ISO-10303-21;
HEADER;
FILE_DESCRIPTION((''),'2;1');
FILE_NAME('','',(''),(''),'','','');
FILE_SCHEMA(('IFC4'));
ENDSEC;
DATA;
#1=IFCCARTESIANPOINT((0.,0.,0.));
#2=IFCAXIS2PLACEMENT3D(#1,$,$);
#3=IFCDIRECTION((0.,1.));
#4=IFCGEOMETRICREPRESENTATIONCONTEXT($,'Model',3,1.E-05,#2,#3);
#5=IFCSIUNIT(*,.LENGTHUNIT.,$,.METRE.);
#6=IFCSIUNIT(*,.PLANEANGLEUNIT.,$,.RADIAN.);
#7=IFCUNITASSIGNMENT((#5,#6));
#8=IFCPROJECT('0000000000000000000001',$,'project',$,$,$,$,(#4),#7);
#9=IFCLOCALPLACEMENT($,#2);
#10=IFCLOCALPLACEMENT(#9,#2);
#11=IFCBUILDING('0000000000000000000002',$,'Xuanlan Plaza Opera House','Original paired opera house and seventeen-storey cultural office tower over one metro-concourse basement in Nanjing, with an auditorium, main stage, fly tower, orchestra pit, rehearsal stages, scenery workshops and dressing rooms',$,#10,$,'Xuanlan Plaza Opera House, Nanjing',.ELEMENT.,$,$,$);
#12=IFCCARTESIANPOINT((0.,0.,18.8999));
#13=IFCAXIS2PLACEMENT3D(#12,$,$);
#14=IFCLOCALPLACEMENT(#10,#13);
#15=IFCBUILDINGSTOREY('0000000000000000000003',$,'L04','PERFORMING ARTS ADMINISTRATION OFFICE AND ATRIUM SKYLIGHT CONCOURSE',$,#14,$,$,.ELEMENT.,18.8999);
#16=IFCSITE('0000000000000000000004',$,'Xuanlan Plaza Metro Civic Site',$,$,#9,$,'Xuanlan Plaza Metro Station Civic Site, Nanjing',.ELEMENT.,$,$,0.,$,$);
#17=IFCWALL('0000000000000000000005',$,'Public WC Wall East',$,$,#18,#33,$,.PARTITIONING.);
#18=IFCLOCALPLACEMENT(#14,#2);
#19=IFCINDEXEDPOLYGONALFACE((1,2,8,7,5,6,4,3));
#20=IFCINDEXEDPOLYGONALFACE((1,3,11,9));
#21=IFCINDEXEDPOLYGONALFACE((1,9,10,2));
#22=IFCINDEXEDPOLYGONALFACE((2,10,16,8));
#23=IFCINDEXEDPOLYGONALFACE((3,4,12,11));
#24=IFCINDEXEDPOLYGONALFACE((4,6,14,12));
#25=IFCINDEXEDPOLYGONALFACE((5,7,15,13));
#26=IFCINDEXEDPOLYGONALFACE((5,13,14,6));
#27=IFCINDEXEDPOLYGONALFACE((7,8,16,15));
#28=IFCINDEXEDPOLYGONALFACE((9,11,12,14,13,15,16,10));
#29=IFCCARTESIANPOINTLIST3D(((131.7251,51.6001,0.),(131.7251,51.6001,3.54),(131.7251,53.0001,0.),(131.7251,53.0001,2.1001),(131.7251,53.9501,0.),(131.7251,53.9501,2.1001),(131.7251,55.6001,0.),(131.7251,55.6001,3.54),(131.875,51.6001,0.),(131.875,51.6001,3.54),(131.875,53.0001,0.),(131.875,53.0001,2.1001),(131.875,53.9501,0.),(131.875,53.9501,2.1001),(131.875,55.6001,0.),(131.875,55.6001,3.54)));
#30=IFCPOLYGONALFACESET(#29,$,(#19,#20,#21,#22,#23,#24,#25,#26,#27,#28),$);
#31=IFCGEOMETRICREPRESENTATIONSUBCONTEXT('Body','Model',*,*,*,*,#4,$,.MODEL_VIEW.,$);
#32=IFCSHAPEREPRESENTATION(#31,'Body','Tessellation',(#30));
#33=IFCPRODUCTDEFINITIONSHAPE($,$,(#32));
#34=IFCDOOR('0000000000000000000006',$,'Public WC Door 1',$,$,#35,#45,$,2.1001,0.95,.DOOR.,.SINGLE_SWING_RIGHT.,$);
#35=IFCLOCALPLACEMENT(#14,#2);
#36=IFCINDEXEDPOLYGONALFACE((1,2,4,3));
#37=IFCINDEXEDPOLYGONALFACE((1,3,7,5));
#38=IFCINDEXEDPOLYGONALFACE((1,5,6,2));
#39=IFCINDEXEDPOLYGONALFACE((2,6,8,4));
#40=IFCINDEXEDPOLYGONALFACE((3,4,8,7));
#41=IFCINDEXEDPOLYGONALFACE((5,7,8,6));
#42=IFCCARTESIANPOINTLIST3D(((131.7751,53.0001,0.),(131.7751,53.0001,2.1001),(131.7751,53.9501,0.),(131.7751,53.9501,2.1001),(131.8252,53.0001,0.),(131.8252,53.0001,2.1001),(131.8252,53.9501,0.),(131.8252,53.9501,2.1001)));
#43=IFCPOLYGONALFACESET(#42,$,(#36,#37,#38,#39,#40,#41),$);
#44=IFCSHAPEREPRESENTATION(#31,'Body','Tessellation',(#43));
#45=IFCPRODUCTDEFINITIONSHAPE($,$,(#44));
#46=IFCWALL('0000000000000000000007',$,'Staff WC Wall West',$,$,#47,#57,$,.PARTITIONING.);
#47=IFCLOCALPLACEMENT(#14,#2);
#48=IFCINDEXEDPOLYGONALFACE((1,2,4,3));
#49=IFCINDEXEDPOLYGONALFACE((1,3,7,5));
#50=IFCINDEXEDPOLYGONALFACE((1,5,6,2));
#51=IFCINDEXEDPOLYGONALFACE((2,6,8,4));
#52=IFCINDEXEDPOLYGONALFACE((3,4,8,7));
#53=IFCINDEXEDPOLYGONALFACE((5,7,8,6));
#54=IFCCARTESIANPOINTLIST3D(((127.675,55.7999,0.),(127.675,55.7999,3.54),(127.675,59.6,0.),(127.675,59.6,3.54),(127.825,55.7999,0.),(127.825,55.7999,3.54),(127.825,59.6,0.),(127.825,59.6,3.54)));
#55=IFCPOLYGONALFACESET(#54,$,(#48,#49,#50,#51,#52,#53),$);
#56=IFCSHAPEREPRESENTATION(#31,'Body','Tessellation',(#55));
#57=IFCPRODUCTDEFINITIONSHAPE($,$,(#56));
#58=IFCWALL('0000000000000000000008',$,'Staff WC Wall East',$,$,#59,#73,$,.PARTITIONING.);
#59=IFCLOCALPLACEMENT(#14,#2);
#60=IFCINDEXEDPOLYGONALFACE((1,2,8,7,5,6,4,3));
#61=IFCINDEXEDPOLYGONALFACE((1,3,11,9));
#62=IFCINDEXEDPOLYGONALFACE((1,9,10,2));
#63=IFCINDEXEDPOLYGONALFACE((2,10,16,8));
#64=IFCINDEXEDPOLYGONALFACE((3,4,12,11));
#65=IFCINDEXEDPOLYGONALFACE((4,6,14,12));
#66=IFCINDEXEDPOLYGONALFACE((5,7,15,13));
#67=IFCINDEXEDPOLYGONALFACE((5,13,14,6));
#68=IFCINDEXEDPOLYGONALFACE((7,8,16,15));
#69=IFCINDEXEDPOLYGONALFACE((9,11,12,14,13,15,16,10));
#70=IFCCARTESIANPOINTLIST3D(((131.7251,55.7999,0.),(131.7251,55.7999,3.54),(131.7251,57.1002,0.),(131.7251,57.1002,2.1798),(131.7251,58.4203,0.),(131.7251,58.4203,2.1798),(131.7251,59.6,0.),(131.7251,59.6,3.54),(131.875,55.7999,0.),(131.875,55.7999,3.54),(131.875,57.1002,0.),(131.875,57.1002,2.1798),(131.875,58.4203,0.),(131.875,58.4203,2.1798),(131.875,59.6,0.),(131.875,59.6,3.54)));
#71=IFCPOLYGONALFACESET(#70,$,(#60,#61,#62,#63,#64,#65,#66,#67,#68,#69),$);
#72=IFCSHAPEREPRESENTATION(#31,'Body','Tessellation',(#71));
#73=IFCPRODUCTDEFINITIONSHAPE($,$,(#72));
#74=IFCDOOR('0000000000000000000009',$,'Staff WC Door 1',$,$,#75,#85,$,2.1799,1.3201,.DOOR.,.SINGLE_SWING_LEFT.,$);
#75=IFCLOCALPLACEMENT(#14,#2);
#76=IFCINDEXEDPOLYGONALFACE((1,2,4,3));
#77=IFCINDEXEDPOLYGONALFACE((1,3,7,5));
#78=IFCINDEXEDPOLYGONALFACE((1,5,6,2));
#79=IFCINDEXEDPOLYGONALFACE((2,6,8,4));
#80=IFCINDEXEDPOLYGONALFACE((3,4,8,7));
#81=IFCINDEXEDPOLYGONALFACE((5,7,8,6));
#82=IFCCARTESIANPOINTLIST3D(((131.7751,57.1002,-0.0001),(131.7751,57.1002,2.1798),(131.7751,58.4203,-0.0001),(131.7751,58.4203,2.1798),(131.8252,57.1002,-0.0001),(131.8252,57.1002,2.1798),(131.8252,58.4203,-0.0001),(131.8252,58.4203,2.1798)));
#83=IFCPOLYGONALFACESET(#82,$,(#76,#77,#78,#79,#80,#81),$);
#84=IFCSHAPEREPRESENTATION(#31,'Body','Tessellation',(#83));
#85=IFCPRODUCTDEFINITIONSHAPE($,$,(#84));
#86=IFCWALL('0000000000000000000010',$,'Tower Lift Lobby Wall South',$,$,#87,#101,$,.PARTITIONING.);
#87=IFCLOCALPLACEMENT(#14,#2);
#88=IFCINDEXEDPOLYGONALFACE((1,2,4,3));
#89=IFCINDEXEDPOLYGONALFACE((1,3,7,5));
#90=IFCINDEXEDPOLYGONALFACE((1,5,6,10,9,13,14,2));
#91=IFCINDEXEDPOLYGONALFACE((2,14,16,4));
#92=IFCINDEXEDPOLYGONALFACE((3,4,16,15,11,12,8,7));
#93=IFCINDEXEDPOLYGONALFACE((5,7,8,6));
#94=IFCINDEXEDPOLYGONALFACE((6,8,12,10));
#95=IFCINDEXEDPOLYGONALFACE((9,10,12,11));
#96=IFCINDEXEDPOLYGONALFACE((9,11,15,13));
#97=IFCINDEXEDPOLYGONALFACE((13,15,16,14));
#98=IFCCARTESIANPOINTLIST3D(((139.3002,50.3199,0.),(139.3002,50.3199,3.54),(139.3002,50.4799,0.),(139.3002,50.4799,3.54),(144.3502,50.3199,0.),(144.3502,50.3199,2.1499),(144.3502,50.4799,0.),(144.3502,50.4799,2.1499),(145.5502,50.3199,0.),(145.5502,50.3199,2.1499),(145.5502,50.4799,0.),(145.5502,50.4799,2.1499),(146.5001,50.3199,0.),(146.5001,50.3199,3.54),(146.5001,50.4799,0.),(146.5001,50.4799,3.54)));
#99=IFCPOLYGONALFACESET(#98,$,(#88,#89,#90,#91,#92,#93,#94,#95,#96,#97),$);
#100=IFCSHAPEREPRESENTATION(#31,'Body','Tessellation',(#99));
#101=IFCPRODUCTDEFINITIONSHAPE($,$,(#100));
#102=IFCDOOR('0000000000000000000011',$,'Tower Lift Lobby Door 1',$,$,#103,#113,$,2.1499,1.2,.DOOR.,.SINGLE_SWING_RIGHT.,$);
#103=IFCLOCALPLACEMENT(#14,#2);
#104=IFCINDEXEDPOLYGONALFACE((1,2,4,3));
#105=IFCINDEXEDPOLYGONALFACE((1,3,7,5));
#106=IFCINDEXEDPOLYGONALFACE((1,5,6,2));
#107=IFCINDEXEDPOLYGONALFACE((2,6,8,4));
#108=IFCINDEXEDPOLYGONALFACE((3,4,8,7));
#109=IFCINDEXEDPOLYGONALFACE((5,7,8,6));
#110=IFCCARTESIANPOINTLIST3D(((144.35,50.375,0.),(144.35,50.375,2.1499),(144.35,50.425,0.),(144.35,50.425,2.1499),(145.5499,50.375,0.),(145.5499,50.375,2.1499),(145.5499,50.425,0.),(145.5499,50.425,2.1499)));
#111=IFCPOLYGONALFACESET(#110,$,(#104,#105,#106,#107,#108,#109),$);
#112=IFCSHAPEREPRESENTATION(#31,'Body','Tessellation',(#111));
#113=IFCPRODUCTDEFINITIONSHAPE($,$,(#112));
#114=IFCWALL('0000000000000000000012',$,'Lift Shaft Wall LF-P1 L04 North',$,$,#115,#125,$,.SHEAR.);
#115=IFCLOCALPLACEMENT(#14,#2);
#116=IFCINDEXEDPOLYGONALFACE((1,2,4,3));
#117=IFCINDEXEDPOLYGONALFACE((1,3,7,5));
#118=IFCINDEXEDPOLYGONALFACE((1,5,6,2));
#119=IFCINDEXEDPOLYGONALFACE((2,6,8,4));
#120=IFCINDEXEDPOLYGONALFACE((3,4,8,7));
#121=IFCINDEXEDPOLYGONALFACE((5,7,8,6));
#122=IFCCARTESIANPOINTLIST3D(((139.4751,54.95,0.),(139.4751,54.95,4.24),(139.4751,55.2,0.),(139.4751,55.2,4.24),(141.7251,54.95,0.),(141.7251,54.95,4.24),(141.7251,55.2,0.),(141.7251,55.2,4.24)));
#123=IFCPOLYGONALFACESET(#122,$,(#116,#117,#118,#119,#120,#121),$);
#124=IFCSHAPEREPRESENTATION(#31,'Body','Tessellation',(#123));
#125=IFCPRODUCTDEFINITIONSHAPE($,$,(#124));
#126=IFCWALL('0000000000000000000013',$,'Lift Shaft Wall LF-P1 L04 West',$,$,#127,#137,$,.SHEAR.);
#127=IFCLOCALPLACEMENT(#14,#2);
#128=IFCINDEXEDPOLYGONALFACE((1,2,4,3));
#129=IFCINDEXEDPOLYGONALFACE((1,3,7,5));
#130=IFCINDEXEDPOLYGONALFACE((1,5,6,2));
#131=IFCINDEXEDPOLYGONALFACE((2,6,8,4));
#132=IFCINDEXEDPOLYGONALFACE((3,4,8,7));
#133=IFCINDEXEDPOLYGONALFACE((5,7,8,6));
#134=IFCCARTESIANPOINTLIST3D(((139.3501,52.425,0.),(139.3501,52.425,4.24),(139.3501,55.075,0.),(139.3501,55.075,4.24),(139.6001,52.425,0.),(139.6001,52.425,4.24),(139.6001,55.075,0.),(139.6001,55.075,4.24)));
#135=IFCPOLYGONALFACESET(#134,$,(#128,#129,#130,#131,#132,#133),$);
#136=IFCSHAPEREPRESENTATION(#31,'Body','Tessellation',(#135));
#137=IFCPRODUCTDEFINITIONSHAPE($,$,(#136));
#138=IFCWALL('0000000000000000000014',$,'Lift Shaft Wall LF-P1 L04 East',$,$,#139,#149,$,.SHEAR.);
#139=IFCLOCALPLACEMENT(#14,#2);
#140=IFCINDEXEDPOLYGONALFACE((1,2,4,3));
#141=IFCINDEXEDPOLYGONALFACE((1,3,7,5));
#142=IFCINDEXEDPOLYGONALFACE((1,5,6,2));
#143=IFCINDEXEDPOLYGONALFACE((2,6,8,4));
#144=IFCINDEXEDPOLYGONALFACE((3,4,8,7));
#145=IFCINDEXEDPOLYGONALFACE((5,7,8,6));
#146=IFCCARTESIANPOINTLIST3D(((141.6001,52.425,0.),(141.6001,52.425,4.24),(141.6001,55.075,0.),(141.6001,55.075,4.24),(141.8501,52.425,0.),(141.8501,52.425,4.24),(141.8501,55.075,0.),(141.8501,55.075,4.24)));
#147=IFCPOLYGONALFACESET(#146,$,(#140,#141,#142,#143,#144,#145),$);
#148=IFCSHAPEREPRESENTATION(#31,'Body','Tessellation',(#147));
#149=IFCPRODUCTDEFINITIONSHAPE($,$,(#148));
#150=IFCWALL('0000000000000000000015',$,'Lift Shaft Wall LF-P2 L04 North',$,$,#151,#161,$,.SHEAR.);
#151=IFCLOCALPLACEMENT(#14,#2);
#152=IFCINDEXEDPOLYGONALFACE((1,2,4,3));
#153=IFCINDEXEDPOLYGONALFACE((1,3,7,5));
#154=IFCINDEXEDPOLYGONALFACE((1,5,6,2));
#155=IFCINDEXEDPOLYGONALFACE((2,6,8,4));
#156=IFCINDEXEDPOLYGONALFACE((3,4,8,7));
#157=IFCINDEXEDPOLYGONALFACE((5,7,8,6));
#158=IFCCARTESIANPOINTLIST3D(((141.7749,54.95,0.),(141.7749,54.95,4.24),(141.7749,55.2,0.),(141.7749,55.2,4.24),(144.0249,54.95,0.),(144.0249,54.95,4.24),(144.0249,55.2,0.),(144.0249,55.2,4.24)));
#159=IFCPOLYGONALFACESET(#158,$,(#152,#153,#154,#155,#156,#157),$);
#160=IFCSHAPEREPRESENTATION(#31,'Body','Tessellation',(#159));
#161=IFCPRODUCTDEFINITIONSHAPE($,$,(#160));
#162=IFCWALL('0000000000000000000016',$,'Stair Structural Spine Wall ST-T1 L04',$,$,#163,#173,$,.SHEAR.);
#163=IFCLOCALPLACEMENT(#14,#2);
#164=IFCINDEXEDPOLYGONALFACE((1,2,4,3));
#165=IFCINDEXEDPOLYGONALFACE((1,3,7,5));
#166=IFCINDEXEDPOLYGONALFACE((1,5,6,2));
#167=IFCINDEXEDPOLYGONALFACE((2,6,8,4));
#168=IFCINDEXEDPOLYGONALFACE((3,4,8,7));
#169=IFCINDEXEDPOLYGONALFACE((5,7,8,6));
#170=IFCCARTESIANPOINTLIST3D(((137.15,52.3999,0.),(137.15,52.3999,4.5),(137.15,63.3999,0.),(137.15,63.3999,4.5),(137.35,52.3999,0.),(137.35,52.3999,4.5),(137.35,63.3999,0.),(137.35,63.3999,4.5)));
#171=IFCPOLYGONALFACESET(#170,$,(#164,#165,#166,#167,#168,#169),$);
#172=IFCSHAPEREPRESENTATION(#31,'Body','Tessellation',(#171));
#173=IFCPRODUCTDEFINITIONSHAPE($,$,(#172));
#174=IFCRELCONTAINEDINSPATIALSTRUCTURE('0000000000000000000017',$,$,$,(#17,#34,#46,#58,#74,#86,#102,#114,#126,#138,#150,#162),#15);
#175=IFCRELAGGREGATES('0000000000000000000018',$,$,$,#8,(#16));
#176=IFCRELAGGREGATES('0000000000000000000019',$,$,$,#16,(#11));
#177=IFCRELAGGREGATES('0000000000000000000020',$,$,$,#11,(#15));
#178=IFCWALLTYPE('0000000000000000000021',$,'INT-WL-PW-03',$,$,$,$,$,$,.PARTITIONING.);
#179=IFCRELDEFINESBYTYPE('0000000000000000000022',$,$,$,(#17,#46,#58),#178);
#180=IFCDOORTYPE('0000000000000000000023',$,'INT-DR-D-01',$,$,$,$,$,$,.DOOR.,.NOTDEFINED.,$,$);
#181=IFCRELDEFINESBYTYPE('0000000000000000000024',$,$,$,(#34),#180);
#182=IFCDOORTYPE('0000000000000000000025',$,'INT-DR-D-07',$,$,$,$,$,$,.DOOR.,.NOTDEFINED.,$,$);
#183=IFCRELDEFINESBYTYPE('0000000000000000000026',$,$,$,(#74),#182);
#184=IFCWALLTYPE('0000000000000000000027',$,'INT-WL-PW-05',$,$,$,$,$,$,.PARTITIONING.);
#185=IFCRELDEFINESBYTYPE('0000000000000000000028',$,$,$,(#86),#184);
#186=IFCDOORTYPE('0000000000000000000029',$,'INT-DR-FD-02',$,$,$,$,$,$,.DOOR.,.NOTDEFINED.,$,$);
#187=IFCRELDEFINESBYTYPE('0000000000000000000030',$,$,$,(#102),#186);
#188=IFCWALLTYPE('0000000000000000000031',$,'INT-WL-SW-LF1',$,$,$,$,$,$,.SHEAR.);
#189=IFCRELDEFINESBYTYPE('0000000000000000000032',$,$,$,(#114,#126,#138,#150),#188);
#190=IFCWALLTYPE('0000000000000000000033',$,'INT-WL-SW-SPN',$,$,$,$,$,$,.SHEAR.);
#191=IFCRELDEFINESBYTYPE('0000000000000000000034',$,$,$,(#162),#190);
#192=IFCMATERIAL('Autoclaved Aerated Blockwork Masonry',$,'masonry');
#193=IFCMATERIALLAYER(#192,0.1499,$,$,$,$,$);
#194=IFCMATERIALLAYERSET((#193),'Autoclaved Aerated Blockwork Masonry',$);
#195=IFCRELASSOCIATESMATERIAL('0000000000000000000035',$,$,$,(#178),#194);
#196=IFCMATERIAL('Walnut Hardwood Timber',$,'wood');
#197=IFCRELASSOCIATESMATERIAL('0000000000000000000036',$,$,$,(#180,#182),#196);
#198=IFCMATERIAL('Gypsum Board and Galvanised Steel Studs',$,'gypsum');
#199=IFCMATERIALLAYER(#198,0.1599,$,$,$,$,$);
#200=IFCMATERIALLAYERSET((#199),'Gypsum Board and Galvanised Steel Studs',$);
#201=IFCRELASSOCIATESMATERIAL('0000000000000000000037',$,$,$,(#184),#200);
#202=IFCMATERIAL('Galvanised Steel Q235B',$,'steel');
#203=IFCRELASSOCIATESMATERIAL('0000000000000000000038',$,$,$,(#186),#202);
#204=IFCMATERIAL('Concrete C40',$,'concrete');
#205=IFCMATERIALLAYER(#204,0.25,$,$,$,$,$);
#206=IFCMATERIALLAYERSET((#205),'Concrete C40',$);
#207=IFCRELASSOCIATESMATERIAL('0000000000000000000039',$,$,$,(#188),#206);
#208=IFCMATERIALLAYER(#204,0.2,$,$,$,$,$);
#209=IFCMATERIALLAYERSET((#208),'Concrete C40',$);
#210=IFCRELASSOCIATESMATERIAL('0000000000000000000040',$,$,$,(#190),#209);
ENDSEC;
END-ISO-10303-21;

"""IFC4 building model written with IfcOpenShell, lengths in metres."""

from ifc_helpers import new_model, si_unit, direction, frame, frame_2d, origin, place, context, subcontext, project, spatial, rectangle, extrude, material, layer, layer_set, type_object, element, fill, save


model = new_model("IFC4")

# Units and contexts
model_context = context("Model", 3, precision=1e-05, world=origin(), true_north=direction((0.0, 1.0)))
body_context = subcontext(model_context, "Body", "Model", "MODEL_VIEW")
ifc_project = project(units=[si_unit("LENGTHUNIT", "METRE"), si_unit("PLANEANGLEUNIT", "RADIAN")], contexts=[model_context])

# Site, building, storey
site_placement = place(None, origin())
site = spatial("IfcSite", under=ifc_project, at=site_placement, Name="Xuanlan Plaza Metro Civic Site", LongName="Xuanlan Plaza Metro Station Civic Site, Nanjing", CompositionType="ELEMENT", RefElevation=0.0)
building_placement = place(site_placement, origin())
building = spatial("IfcBuilding", under=site, at=building_placement, Name="Xuanlan Plaza Opera House", Description="Original paired opera house and seventeen-storey cultural office tower over one metro-concourse basement in Nanjing, with an auditorium, main stage, fly tower, orchestra pit, rehearsal stages, scenery workshops and dressing rooms", LongName="Xuanlan Plaza Opera House, Nanjing", CompositionType="ELEMENT")
storey_placement = place(building_placement, frame((0.0, 0.0, 18.8999)))
storey = spatial("IfcBuildingStorey", under=building, at=storey_placement, Name="L04", Description="PERFORMING ARTS ADMINISTRATION OFFICE AND ATRIUM SKYLIGHT CONCOURSE", CompositionType="ELEMENT", Elevation=18.8999)

# Shared definitions
ifc_material_1 = material(Name="Concrete C40", Category="concrete")

# Shared definitions
ifc_material_2 = material(Name="Autoclaved Aerated Blockwork Masonry", Category="masonry")
ifc_layer_1 = layer(ifc_material_2, 0.1499)
ifc_layer_set_1 = layer_set([ifc_layer_1], Name="Autoclaved Aerated Blockwork Masonry")
wall_type_1 = type_object("IfcWallType", Name="INT-WL-PW-03", PredefinedType="PARTITIONING", material=ifc_layer_set_1)

# Wall, opening, door
wall_1_placement = place(storey_placement, frame((131.8, 51.6001, 0.0), z_axis=(0.0, 0.0, 1.0), x_axis=(0.0, 1.0, 0.0)))
wall_1 = element("IfcWall", 1, at=wall_1_placement, inside=storey, type_object=wall_type_1, Name="Public WC Wall East", PredefinedType="PARTITIONING", context=body_context, shape_type="SweptSolid", body=[
    extrude(rectangle(XDim=4.0, YDim=0.1499, at=frame_2d((2.0, 0.0))), origin(), (0.0, 0.0, 1.0), 3.54),
])
opening_1_placement = place(wall_1_placement, frame((1.3999, 0.0, 0.0)))
opening_1 = element("IfcOpeningElement", 2, at=opening_1_placement, cuts=wall_1, PredefinedType="OPENING", context=body_context, shape_type="SweptSolid", body=[
    extrude(rectangle(XDim=0.95, YDim=2.1001, at=frame_2d((0.4751, 1.05))), frame((0.0, 0.085, 0.0), z_axis=(0.0, -1.0, 0.0), x_axis=(1.0, 0.0, 0.0)), (0.0, 0.0, 1.0), 0.1699),
])
ifc_material_3 = material(Name="Walnut Hardwood Timber", Category="wood")
door_type_1 = type_object("IfcDoorType", Name="INT-DR-D-01", OperationType="NOTDEFINED", PredefinedType="DOOR", material=ifc_material_3)
door_1_placement = place(opening_1_placement, origin())
door_1 = element("IfcDoor", 3, at=door_1_placement, inside=storey, type_object=door_type_1, Name="Public WC Door 1", OperationType="SINGLE_SWING_RIGHT", OverallHeight=2.1001, OverallWidth=0.95, PredefinedType="DOOR", context=body_context, shape_type="SweptSolid", body=[
    extrude(rectangle(XDim=0.95, YDim=2.1001, at=frame_2d((0.4751, 1.05))), frame((0.0, 0.0249, 0.0), z_axis=(0.0, -1.0, 0.0), x_axis=(1.0, 0.0, 0.0)), (0.0, 0.0, 1.0), 0.05),
])
fill(opening_1, door_1)

# Wall
wall_2_placement = place(storey_placement, frame((127.75, 55.8, 0.0), z_axis=(0.0, 0.0, 1.0), x_axis=(0.0, 1.0, 0.0)))
element("IfcWall", 4, at=wall_2_placement, inside=storey, type_object=wall_type_1, Name="Staff WC Wall West", PredefinedType="PARTITIONING", context=body_context, shape_type="SweptSolid", body=[
    extrude(rectangle(XDim=3.8, YDim=0.1499, at=frame_2d((1.8999, 0.0))), origin(), (0.0, 0.0, 1.0), 3.54),
])

# Walls, openings, doors
wall_3_placement = place(storey_placement, frame((131.8, 55.8, 0.0), z_axis=(0.0, 0.0, 1.0), x_axis=(0.0, 1.0, 0.0)))
wall_3 = element("IfcWall", 5, at=wall_3_placement, inside=storey, type_object=wall_type_1, Name="Staff WC Wall East", PredefinedType="PARTITIONING", context=body_context, shape_type="SweptSolid", body=[
    extrude(rectangle(XDim=3.8, YDim=0.1499, at=frame_2d((1.8999, 0.0))), origin(), (0.0, 0.0, 1.0), 3.54),
])
opening_2_placement = place(wall_3_placement, frame((1.3, 0.0, 0.0)))
opening_2 = element("IfcOpeningElement", 6, at=opening_2_placement, cuts=wall_3, PredefinedType="OPENING", context=body_context, shape_type="SweptSolid", body=[
    extrude(rectangle(XDim=1.3201, YDim=2.1799, at=frame_2d((0.6602, 1.0898))), frame((0.0, 0.085, 0.0), z_axis=(0.0, -1.0, 0.0), x_axis=(1.0, 0.0, 0.0)), (0.0, 0.0, 1.0), 0.1699),
])
door_type_2 = type_object("IfcDoorType", Name="INT-DR-D-07", OperationType="NOTDEFINED", PredefinedType="DOOR", material=ifc_material_3)
door_2_placement = place(opening_2_placement, origin())
door_2 = element("IfcDoor", 7, at=door_2_placement, inside=storey, type_object=door_type_2, Name="Staff WC Door 1", OperationType="SINGLE_SWING_LEFT", OverallHeight=2.1799, OverallWidth=1.3201, PredefinedType="DOOR", context=body_context, shape_type="SweptSolid", body=[
    extrude(rectangle(XDim=1.3201, YDim=2.1799, at=frame_2d((0.6602, 1.0898))), frame((0.0, 0.0249, 0.0), z_axis=(0.0, -1.0, 0.0), x_axis=(1.0, 0.0, 0.0)), (0.0, 0.0, 1.0), 0.05),
])
fill(opening_2, door_2)
ifc_material_4 = material(Name="Gypsum Board and Galvanised Steel Studs", Category="gypsum")
ifc_layer_2 = layer(ifc_material_4, 0.1599)
ifc_layer_set_2 = layer_set([ifc_layer_2], Name="Gypsum Board and Galvanised Steel Studs")
wall_type_2 = type_object("IfcWallType", Name="INT-WL-PW-05", PredefinedType="PARTITIONING", material=ifc_layer_set_2)
wall_4_placement = place(storey_placement, frame((139.3, 50.3999, 0.0), z_axis=(0.0, 0.0, 1.0), x_axis=(1.0, 0.0, 0.0)))
wall_4 = element("IfcWall", 8, at=wall_4_placement, inside=storey, type_object=wall_type_2, Name="Tower Lift Lobby Wall South", PredefinedType="PARTITIONING", context=body_context, shape_type="SweptSolid", body=[
    extrude(rectangle(XDim=7.2, YDim=0.1599, at=frame_2d((3.6001, 0.0))), origin(), (0.0, 0.0, 1.0), 3.54),
])
opening_3_placement = place(wall_4_placement, frame((5.05, 0.0, 0.0)))
opening_3 = element("IfcOpeningElement", 9, at=opening_3_placement, cuts=wall_4, PredefinedType="OPENING", context=body_context, shape_type="SweptSolid", body=[
    extrude(rectangle(XDim=1.2, YDim=2.1499, at=frame_2d((0.6001, 1.075))), frame((0.0, 0.0898, 0.0), z_axis=(0.0, -1.0, 0.0), x_axis=(1.0, 0.0, 0.0)), (0.0, 0.0, 1.0), 0.1799),
])
ifc_material_5 = material(Name="Galvanised Steel Q235B", Category="steel")
door_type_3 = type_object("IfcDoorType", Name="INT-DR-FD-02", OperationType="NOTDEFINED", PredefinedType="DOOR", material=ifc_material_5)
door_3_placement = place(opening_3_placement, frame((1.2, 0.0, 0.0), z_axis=(0.0, 0.0, 1.0), x_axis=(-1.0, 0.0, 0.0)))
door_3 = element("IfcDoor", 10, at=door_3_placement, inside=storey, type_object=door_type_3, Name="Tower Lift Lobby Door 1", OperationType="SINGLE_SWING_RIGHT", OverallHeight=2.1499, OverallWidth=1.2, PredefinedType="DOOR", context=body_context, shape_type="SweptSolid", body=[
    extrude(rectangle(XDim=1.2, YDim=2.1499, at=frame_2d((0.6001, 1.075))), frame((0.0, 0.0249, 0.0), z_axis=(0.0, -1.0, 0.0), x_axis=(1.0, 0.0, 0.0)), (0.0, 0.0, 1.0), 0.05),
])
fill(opening_3, door_3)
ifc_layer_3 = layer(ifc_material_1, 0.25)
ifc_layer_set_3 = layer_set([ifc_layer_3], Name="Concrete C40")
wall_type_3 = type_object("IfcWallType", Name="INT-WL-SW-LF1", PredefinedType="SHEAR", material=ifc_layer_set_3)

# Walls
wall_5_placement = place(storey_placement, frame((139.4751, 55.075, 0.0), z_axis=(0.0, 0.0, 1.0), x_axis=(1.0, 0.0, 0.0)))
element("IfcWall", 11, at=wall_5_placement, inside=storey, type_object=wall_type_3, Name="Lift Shaft Wall LF-P1 L04 North", PredefinedType="SHEAR", context=body_context, shape_type="SweptSolid", body=[
    extrude(rectangle(XDim=2.25, YDim=0.25, at=frame_2d((1.125, 0.0))), origin(), (0.0, 0.0, 1.0), 4.24),
])
for number, where, z_axis, x_axis, name in (
    (12, (139.4751, 52.425, 0.0), (0.0, 0.0, 1.0), (0.0, 1.0, 0.0), "Lift Shaft Wall LF-P1 L04 West"),
    (13, (141.7251, 52.425, 0.0), (0.0, 0.0, 1.0), (0.0, 1.0, 0.0), "Lift Shaft Wall LF-P1 L04 East"),
):
    element("IfcWall", number, at=place(storey_placement, frame(where, z_axis=z_axis, x_axis=x_axis)), inside=storey, type_object=wall_type_3, Name=name, PredefinedType="SHEAR", context=body_context, shape_type="SweptSolid", body=[
        extrude(rectangle(XDim=2.6499, YDim=0.25, at=frame_2d((1.325, 0.0))), origin(), (0.0, 0.0, 1.0), 4.24),
    ])

# Walls
wall_6_placement = place(storey_placement, frame((141.7749, 55.075, 0.0), z_axis=(0.0, 0.0, 1.0), x_axis=(1.0, 0.0, 0.0)))
element("IfcWall", 14, at=wall_6_placement, inside=storey, type_object=wall_type_3, Name="Lift Shaft Wall LF-P2 L04 North", PredefinedType="SHEAR", context=body_context, shape_type="SweptSolid", body=[
    extrude(rectangle(XDim=2.25, YDim=0.25, at=frame_2d((1.125, 0.0))), origin(), (0.0, 0.0, 1.0), 4.24),
])
ifc_layer_4 = layer(ifc_material_1, 0.2)
ifc_layer_set_4 = layer_set([ifc_layer_4], Name="Concrete C40")
wall_type_4 = type_object("IfcWallType", Name="INT-WL-SW-SPN", PredefinedType="SHEAR", material=ifc_layer_set_4)
wall_7_placement = place(storey_placement, frame((137.25, 52.3999, 0.0), z_axis=(0.0, 0.0, 1.0), x_axis=(0.0, 1.0, 0.0)))
element("IfcWall", 15, at=wall_7_placement, inside=storey, type_object=wall_type_4, Name="Stair Structural Spine Wall ST-T1 L04", PredefinedType="SHEAR", context=body_context, shape_type="SweptSolid", body=[
    extrude(rectangle(XDim=11.0, YDim=0.2, at=frame_2d((5.5, 0.0))), origin(), (0.0, 0.0, 1.0), 4.5),
])

save(model, "model.ifc")
